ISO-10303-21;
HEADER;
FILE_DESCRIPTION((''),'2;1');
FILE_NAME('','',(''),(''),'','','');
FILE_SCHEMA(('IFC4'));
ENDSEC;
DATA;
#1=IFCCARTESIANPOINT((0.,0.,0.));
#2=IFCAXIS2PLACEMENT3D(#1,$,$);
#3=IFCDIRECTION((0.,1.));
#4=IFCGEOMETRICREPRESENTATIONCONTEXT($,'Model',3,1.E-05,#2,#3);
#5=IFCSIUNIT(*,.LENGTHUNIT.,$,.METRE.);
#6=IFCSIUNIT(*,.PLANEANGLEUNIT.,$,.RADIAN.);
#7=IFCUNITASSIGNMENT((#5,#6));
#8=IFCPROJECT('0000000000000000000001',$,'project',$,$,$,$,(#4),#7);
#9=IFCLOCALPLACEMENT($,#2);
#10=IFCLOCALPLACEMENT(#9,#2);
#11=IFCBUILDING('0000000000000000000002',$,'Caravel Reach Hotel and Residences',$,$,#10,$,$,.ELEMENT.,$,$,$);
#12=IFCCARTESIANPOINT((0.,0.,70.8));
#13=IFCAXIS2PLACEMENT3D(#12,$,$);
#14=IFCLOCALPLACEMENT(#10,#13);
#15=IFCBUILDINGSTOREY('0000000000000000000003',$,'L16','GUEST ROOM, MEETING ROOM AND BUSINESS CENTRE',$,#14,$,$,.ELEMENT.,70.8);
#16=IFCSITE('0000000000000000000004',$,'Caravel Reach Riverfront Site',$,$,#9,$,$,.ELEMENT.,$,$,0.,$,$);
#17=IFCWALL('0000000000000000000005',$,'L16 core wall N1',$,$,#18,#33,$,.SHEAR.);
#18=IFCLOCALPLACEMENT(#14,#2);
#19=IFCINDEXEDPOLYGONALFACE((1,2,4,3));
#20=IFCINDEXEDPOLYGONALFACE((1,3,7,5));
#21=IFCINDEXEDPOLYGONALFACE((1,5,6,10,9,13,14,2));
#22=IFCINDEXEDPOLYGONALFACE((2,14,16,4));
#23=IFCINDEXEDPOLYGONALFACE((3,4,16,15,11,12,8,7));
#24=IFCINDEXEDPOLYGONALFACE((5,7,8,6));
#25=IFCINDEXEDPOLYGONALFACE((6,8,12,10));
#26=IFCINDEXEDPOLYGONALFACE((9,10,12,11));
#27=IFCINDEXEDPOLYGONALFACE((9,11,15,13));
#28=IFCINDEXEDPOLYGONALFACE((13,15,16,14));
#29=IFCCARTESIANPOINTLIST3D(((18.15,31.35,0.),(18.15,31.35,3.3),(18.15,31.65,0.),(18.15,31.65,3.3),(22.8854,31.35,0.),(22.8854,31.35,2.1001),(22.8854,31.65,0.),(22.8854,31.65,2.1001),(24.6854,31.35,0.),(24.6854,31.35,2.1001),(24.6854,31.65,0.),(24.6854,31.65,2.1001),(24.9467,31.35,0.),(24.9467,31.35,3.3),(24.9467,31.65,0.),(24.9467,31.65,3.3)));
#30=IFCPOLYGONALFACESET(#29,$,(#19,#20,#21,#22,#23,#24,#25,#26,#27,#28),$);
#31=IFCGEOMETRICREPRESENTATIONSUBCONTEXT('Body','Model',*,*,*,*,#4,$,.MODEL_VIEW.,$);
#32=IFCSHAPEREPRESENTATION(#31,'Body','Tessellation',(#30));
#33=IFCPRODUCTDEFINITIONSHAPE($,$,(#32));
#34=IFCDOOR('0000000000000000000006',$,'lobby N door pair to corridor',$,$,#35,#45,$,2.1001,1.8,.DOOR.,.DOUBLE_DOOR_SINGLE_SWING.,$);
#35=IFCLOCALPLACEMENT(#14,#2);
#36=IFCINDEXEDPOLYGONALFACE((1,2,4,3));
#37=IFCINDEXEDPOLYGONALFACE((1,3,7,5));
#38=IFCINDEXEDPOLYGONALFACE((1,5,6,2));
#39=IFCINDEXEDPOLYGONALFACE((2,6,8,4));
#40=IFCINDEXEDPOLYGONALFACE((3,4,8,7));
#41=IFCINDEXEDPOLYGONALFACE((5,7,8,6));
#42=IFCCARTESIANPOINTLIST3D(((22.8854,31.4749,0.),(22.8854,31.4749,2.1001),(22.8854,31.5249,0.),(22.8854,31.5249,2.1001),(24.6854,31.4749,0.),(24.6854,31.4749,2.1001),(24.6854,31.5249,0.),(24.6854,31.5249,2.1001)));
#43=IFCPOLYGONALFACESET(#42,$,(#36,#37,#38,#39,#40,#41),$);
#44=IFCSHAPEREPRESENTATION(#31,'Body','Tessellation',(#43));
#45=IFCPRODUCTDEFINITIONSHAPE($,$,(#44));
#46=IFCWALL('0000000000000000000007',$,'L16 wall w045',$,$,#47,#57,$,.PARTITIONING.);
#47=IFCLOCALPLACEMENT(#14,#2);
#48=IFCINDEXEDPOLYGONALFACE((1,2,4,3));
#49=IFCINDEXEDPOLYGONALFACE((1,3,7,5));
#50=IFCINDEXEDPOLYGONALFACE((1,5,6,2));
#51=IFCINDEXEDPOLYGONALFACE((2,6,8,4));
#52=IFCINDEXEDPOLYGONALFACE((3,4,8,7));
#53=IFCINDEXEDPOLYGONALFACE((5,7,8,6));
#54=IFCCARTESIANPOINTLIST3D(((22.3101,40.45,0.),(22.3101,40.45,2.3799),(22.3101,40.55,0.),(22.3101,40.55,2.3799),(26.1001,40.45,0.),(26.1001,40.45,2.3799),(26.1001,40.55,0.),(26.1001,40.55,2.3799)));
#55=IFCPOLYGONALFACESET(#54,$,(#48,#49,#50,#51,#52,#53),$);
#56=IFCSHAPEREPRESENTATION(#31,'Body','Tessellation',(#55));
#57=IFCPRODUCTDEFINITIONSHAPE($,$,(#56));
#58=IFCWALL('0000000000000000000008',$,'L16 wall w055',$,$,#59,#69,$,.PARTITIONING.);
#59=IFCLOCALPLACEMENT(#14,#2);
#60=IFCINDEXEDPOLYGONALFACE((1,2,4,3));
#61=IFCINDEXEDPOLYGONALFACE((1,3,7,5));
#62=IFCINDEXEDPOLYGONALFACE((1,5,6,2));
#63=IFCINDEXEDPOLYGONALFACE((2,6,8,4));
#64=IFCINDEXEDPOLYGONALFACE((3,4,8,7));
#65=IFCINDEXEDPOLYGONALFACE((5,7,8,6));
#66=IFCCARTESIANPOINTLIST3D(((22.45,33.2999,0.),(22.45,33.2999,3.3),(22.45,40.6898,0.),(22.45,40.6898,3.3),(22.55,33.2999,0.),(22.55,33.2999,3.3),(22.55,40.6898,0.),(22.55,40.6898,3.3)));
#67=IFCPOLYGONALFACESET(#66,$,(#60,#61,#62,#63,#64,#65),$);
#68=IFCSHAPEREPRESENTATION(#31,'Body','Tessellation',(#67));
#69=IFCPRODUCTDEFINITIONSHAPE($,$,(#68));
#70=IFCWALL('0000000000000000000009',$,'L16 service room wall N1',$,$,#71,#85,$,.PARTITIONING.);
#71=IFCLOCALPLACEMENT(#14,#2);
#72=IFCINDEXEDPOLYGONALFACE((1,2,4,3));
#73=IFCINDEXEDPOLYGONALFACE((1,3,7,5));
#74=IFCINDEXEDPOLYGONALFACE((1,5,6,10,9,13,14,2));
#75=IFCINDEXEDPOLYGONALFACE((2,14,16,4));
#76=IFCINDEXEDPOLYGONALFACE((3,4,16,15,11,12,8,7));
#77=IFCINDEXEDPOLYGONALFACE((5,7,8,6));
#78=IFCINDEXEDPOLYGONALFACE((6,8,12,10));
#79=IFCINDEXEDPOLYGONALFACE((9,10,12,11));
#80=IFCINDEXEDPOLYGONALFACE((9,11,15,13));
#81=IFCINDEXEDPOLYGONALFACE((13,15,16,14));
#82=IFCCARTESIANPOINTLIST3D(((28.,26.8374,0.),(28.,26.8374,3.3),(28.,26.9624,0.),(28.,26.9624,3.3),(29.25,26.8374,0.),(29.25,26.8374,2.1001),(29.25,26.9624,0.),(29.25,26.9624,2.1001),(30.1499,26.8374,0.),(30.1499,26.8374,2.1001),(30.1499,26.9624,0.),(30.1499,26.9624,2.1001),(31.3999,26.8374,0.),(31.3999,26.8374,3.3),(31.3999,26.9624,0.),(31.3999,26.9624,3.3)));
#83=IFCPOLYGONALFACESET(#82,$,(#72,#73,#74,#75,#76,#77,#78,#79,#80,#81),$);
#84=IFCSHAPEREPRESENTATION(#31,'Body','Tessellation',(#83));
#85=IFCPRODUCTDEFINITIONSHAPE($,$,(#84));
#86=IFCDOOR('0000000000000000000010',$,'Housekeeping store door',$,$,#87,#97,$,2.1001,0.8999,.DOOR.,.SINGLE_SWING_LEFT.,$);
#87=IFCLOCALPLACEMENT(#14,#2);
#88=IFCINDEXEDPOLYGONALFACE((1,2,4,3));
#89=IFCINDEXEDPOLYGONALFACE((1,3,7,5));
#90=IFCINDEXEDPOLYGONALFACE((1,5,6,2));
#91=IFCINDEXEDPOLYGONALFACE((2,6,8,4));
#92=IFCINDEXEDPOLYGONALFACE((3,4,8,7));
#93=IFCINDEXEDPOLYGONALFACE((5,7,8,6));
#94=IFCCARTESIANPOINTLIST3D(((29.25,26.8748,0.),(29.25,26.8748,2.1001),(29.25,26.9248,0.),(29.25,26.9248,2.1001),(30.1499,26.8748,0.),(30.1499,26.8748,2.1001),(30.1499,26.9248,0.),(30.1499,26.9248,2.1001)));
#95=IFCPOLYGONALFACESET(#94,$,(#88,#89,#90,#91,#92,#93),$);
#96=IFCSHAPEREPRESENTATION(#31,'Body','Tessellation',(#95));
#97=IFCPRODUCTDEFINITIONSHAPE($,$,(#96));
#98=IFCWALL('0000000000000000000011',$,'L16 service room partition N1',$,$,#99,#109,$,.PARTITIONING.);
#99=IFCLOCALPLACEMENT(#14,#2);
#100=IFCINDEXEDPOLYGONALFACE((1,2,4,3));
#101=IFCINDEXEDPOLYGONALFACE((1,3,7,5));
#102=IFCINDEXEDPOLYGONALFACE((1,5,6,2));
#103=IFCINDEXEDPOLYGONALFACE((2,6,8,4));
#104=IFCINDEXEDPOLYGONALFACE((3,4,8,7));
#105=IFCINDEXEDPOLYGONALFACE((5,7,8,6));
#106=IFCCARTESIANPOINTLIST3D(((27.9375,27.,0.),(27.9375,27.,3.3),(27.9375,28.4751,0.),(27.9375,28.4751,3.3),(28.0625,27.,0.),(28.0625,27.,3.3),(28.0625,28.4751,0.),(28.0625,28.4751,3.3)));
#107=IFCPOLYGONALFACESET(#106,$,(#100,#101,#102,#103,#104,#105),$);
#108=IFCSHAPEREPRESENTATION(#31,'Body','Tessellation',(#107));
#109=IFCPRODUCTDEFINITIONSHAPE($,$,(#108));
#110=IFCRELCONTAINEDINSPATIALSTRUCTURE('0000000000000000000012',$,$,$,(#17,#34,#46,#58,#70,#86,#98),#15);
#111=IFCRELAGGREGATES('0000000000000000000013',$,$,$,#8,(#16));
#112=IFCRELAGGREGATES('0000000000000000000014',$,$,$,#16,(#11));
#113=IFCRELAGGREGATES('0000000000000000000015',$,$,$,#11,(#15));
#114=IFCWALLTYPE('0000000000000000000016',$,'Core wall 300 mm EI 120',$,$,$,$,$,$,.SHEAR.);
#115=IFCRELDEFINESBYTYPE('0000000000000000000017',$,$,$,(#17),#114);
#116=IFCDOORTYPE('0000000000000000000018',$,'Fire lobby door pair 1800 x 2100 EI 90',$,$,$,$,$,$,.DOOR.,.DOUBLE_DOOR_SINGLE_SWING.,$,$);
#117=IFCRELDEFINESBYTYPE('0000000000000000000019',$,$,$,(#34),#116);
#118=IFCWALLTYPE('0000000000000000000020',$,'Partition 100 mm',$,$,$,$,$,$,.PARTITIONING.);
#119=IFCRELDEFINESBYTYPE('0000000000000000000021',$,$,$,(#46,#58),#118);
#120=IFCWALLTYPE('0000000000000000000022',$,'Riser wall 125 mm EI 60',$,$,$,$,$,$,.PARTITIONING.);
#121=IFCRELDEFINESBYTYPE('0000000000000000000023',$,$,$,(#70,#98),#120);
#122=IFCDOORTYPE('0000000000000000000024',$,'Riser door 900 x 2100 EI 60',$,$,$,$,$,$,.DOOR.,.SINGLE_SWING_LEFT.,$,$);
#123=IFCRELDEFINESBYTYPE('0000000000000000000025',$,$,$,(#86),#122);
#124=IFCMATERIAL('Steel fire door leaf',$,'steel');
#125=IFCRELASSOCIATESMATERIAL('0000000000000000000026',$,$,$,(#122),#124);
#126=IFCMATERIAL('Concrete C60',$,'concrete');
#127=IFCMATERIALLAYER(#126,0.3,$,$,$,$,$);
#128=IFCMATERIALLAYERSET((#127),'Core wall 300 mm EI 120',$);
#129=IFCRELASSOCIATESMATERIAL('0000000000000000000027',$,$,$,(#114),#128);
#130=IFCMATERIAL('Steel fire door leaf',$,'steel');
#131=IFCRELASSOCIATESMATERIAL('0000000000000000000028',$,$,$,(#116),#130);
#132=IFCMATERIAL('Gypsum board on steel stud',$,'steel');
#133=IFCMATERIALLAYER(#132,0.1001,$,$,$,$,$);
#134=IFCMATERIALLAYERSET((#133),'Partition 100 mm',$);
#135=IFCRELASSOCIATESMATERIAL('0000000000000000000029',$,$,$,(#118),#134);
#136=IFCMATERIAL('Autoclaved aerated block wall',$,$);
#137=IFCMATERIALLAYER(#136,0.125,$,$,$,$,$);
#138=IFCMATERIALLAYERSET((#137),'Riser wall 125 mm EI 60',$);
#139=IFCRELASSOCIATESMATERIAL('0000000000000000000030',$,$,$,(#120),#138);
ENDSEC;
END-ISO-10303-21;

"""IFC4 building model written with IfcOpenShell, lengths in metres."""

from ifc_helpers import new_model, si_unit, direction, frame, frame_2d, origin, place, context, subcontext, project, spatial, rectangle, extrude, material, layer, layer_set, type_object, element, fill, save


model = new_model("IFC4")

# Units and contexts
model_context = context("Model", 3, precision=1e-05, world=origin(), true_north=direction((0.0, 1.0)))
body_context = subcontext(model_context, "Body", "Model", "MODEL_VIEW")
ifc_project = project(units=[si_unit("LENGTHUNIT", "METRE"), si_unit("PLANEANGLEUNIT", "RADIAN")], contexts=[model_context])

# Site, building, storey
site_placement = place(None, origin())
site = spatial("IfcSite", under=ifc_project, at=site_placement, Name="Caravel Reach Riverfront Site", CompositionType="ELEMENT", RefElevation=0.0)
building_placement = place(site_placement, origin())
building = spatial("IfcBuilding", under=site, at=building_placement, Name="Caravel Reach Hotel and Residences", CompositionType="ELEMENT")
storey_placement = place(building_placement, frame((0.0, 0.0, 70.8)))
storey = spatial("IfcBuildingStorey", under=building, at=storey_placement, Name="L16", Description="GUEST ROOM, MEETING ROOM AND BUSINESS CENTRE", CompositionType="ELEMENT", Elevation=70.8)

# Shared definitions
ifc_material_1 = material(Name="Steel fire door leaf", Category="steel")
door_type_1 = type_object("IfcDoorType", Name="Riser door 900 x 2100 EI 60", OperationType="SINGLE_SWING_LEFT", PredefinedType="DOOR", material=ifc_material_1)

# Wall, opening, door
ifc_material_2 = material(Name="Concrete C60", Category="concrete")
ifc_layer_1 = layer(ifc_material_2, 0.3)
ifc_layer_set_1 = layer_set([ifc_layer_1], Name="Core wall 300 mm EI 120")
wall_type_1 = type_object("IfcWallType", Name="Core wall 300 mm EI 120", PredefinedType="SHEAR", material=ifc_layer_set_1)
wall_1_placement = place(storey_placement, frame((18.1499, 31.5, 0.0), z_axis=(0.0, 0.0, 1.0), x_axis=(1.0, 0.0, 0.0)))
wall_1 = element("IfcWall", 1, at=wall_1_placement, inside=storey, type_object=wall_type_1, Name="L16 core wall N1", PredefinedType="SHEAR", context=body_context, shape_type="SweptSolid", body=[
    extrude(rectangle(XDim=6.7966, YDim=0.3, at=frame_2d((3.3984, 0.0))), origin(), (0.0, 0.0, 1.0), 3.3),
])
opening_1_placement = place(wall_1_placement, frame((4.7356, 0.0, 0.0)))
opening_1 = element("IfcOpeningElement", 2, at=opening_1_placement, cuts=wall_1, PredefinedType="OPENING", context=body_context, shape_type="SweptSolid", body=[
    extrude(rectangle(XDim=1.8, YDim=2.1001, at=frame_2d((0.8999, 1.05))), frame((0.0, 0.1599, 0.0), z_axis=(0.0, -1.0, 0.0), x_axis=(1.0, 0.0, 0.0)), (0.0, 0.0, 1.0), 0.3201),
])
ifc_material_3 = material(Name="Steel fire door leaf", Category="steel")
door_type_2 = type_object("IfcDoorType", Name="Fire lobby door pair 1800 x 2100 EI 90", OperationType="DOUBLE_DOOR_SINGLE_SWING", PredefinedType="DOOR", material=ifc_material_3)
door_1_placement = place(opening_1_placement, origin())
door_1 = element("IfcDoor", 3, at=door_1_placement, inside=storey, type_object=door_type_2, Name="lobby N door pair to corridor", OperationType="DOUBLE_DOOR_SINGLE_SWING", OverallHeight=2.1001, OverallWidth=1.8, PredefinedType="DOOR", context=body_context, shape_type="SweptSolid", body=[
    extrude(rectangle(XDim=1.8, YDim=2.1001, at=frame_2d((0.8999, 1.05))), frame((0.0, 0.0249, 0.0), z_axis=(0.0, -1.0, 0.0), x_axis=(1.0, 0.0, 0.0)), (0.0, 0.0, 1.0), 0.05),
])
fill(opening_1, door_1)

# Walls
ifc_material_4 = material(Name="Gypsum board on steel stud", Category="steel")
ifc_layer_2 = layer(ifc_material_4, 0.1001)
ifc_layer_set_2 = layer_set([ifc_layer_2], Name="Partition 100 mm")
wall_type_2 = type_object("IfcWallType", Name="Partition 100 mm", PredefinedType="PARTITIONING", material=ifc_layer_set_2)
wall_2_placement = place(storey_placement, frame((22.3101, 40.5, 0.0), z_axis=(0.0, 0.0, 1.0), x_axis=(1.0, 0.0, 0.0)))
element("IfcWall", 4, at=wall_2_placement, inside=storey, type_object=wall_type_2, Name="L16 wall w045", PredefinedType="PARTITIONING", context=body_context, shape_type="SweptSolid", body=[
    extrude(rectangle(XDim=3.79, YDim=0.1001, at=frame_2d((1.895, 0.0))), origin(), (0.0, 0.0, 1.0), 2.3799),
])
wall_3_placement = place(storey_placement, frame((22.5, 33.3, 0.0), z_axis=(0.0, 0.0, 1.0), x_axis=(0.0, 1.0, 0.0)))
element("IfcWall", 5, at=wall_3_placement, inside=storey, type_object=wall_type_2, Name="L16 wall w055", PredefinedType="PARTITIONING", context=body_context, shape_type="SweptSolid", body=[
    extrude(rectangle(XDim=7.3899, YDim=0.1001, at=frame_2d((3.6948, 0.0))), origin(), (0.0, 0.0, 1.0), 3.3),
])

# Wall, opening, door
ifc_material_5 = material(Name="Autoclaved aerated block wall")
ifc_layer_3 = layer(ifc_material_5, 0.125)
ifc_layer_set_3 = layer_set([ifc_layer_3], Name="Riser wall 125 mm EI 60")
wall_type_3 = type_object("IfcWallType", Name="Riser wall 125 mm EI 60", PredefinedType="PARTITIONING", material=ifc_layer_set_3)
wall_4_placement = place(storey_placement, frame((28.0, 26.8999, 0.0), z_axis=(0.0, 0.0, 1.0), x_axis=(1.0, 0.0, 0.0)))
wall_4 = element("IfcWall", 6, at=wall_4_placement, inside=storey, type_object=wall_type_3, Name="L16 service room wall N1", PredefinedType="PARTITIONING", context=body_context, shape_type="SweptSolid", body=[
    extrude(rectangle(XDim=3.3999, YDim=0.125, at=frame_2d((1.7, 0.0))), origin(), (0.0, 0.0, 1.0), 3.3),
])
opening_2_placement = place(wall_4_placement, frame((1.25, 0.0, 0.0)))
opening_2 = element("IfcOpeningElement", 7, at=opening_2_placement, cuts=wall_4, PredefinedType="OPENING", context=body_context, shape_type="SweptSolid", body=[
    extrude(rectangle(XDim=0.8999, YDim=2.1001, at=frame_2d((0.45, 1.05))), frame((0.0, 0.0725, 0.0), z_axis=(0.0, -1.0, 0.0), x_axis=(1.0, 0.0, 0.0)), (0.0, 0.0, 1.0), 0.145),
])
door_2_placement = place(opening_2_placement, origin())
door_2 = element("IfcDoor", 8, at=door_2_placement, inside=storey, type_object=door_type_1, Name="Housekeeping store door", OperationType="SINGLE_SWING_LEFT", OverallHeight=2.1001, OverallWidth=0.8999, PredefinedType="DOOR", context=body_context, shape_type="SweptSolid", body=[
    extrude(rectangle(XDim=0.8999, YDim=2.1001, at=frame_2d((0.45, 1.05))), frame((0.0, 0.0249, 0.0), z_axis=(0.0, -1.0, 0.0), x_axis=(1.0, 0.0, 0.0)), (0.0, 0.0, 1.0), 0.05),
])
fill(opening_2, door_2)

# Wall
wall_5_placement = place(storey_placement, frame((28.0, 28.4751, 0.0), z_axis=(0.0, 0.0, 1.0), x_axis=(0.0, -1.0, 0.0)))
element("IfcWall", 9, at=wall_5_placement, inside=storey, type_object=wall_type_3, Name="L16 service room partition N1", PredefinedType="PARTITIONING", context=body_context, shape_type="SweptSolid", body=[
    extrude(rectangle(XDim=1.4751, YDim=0.125, at=frame_2d((0.7375, 0.0))), origin(), (0.0, 0.0, 1.0), 3.3),
])

save(model, "model.ifc")
